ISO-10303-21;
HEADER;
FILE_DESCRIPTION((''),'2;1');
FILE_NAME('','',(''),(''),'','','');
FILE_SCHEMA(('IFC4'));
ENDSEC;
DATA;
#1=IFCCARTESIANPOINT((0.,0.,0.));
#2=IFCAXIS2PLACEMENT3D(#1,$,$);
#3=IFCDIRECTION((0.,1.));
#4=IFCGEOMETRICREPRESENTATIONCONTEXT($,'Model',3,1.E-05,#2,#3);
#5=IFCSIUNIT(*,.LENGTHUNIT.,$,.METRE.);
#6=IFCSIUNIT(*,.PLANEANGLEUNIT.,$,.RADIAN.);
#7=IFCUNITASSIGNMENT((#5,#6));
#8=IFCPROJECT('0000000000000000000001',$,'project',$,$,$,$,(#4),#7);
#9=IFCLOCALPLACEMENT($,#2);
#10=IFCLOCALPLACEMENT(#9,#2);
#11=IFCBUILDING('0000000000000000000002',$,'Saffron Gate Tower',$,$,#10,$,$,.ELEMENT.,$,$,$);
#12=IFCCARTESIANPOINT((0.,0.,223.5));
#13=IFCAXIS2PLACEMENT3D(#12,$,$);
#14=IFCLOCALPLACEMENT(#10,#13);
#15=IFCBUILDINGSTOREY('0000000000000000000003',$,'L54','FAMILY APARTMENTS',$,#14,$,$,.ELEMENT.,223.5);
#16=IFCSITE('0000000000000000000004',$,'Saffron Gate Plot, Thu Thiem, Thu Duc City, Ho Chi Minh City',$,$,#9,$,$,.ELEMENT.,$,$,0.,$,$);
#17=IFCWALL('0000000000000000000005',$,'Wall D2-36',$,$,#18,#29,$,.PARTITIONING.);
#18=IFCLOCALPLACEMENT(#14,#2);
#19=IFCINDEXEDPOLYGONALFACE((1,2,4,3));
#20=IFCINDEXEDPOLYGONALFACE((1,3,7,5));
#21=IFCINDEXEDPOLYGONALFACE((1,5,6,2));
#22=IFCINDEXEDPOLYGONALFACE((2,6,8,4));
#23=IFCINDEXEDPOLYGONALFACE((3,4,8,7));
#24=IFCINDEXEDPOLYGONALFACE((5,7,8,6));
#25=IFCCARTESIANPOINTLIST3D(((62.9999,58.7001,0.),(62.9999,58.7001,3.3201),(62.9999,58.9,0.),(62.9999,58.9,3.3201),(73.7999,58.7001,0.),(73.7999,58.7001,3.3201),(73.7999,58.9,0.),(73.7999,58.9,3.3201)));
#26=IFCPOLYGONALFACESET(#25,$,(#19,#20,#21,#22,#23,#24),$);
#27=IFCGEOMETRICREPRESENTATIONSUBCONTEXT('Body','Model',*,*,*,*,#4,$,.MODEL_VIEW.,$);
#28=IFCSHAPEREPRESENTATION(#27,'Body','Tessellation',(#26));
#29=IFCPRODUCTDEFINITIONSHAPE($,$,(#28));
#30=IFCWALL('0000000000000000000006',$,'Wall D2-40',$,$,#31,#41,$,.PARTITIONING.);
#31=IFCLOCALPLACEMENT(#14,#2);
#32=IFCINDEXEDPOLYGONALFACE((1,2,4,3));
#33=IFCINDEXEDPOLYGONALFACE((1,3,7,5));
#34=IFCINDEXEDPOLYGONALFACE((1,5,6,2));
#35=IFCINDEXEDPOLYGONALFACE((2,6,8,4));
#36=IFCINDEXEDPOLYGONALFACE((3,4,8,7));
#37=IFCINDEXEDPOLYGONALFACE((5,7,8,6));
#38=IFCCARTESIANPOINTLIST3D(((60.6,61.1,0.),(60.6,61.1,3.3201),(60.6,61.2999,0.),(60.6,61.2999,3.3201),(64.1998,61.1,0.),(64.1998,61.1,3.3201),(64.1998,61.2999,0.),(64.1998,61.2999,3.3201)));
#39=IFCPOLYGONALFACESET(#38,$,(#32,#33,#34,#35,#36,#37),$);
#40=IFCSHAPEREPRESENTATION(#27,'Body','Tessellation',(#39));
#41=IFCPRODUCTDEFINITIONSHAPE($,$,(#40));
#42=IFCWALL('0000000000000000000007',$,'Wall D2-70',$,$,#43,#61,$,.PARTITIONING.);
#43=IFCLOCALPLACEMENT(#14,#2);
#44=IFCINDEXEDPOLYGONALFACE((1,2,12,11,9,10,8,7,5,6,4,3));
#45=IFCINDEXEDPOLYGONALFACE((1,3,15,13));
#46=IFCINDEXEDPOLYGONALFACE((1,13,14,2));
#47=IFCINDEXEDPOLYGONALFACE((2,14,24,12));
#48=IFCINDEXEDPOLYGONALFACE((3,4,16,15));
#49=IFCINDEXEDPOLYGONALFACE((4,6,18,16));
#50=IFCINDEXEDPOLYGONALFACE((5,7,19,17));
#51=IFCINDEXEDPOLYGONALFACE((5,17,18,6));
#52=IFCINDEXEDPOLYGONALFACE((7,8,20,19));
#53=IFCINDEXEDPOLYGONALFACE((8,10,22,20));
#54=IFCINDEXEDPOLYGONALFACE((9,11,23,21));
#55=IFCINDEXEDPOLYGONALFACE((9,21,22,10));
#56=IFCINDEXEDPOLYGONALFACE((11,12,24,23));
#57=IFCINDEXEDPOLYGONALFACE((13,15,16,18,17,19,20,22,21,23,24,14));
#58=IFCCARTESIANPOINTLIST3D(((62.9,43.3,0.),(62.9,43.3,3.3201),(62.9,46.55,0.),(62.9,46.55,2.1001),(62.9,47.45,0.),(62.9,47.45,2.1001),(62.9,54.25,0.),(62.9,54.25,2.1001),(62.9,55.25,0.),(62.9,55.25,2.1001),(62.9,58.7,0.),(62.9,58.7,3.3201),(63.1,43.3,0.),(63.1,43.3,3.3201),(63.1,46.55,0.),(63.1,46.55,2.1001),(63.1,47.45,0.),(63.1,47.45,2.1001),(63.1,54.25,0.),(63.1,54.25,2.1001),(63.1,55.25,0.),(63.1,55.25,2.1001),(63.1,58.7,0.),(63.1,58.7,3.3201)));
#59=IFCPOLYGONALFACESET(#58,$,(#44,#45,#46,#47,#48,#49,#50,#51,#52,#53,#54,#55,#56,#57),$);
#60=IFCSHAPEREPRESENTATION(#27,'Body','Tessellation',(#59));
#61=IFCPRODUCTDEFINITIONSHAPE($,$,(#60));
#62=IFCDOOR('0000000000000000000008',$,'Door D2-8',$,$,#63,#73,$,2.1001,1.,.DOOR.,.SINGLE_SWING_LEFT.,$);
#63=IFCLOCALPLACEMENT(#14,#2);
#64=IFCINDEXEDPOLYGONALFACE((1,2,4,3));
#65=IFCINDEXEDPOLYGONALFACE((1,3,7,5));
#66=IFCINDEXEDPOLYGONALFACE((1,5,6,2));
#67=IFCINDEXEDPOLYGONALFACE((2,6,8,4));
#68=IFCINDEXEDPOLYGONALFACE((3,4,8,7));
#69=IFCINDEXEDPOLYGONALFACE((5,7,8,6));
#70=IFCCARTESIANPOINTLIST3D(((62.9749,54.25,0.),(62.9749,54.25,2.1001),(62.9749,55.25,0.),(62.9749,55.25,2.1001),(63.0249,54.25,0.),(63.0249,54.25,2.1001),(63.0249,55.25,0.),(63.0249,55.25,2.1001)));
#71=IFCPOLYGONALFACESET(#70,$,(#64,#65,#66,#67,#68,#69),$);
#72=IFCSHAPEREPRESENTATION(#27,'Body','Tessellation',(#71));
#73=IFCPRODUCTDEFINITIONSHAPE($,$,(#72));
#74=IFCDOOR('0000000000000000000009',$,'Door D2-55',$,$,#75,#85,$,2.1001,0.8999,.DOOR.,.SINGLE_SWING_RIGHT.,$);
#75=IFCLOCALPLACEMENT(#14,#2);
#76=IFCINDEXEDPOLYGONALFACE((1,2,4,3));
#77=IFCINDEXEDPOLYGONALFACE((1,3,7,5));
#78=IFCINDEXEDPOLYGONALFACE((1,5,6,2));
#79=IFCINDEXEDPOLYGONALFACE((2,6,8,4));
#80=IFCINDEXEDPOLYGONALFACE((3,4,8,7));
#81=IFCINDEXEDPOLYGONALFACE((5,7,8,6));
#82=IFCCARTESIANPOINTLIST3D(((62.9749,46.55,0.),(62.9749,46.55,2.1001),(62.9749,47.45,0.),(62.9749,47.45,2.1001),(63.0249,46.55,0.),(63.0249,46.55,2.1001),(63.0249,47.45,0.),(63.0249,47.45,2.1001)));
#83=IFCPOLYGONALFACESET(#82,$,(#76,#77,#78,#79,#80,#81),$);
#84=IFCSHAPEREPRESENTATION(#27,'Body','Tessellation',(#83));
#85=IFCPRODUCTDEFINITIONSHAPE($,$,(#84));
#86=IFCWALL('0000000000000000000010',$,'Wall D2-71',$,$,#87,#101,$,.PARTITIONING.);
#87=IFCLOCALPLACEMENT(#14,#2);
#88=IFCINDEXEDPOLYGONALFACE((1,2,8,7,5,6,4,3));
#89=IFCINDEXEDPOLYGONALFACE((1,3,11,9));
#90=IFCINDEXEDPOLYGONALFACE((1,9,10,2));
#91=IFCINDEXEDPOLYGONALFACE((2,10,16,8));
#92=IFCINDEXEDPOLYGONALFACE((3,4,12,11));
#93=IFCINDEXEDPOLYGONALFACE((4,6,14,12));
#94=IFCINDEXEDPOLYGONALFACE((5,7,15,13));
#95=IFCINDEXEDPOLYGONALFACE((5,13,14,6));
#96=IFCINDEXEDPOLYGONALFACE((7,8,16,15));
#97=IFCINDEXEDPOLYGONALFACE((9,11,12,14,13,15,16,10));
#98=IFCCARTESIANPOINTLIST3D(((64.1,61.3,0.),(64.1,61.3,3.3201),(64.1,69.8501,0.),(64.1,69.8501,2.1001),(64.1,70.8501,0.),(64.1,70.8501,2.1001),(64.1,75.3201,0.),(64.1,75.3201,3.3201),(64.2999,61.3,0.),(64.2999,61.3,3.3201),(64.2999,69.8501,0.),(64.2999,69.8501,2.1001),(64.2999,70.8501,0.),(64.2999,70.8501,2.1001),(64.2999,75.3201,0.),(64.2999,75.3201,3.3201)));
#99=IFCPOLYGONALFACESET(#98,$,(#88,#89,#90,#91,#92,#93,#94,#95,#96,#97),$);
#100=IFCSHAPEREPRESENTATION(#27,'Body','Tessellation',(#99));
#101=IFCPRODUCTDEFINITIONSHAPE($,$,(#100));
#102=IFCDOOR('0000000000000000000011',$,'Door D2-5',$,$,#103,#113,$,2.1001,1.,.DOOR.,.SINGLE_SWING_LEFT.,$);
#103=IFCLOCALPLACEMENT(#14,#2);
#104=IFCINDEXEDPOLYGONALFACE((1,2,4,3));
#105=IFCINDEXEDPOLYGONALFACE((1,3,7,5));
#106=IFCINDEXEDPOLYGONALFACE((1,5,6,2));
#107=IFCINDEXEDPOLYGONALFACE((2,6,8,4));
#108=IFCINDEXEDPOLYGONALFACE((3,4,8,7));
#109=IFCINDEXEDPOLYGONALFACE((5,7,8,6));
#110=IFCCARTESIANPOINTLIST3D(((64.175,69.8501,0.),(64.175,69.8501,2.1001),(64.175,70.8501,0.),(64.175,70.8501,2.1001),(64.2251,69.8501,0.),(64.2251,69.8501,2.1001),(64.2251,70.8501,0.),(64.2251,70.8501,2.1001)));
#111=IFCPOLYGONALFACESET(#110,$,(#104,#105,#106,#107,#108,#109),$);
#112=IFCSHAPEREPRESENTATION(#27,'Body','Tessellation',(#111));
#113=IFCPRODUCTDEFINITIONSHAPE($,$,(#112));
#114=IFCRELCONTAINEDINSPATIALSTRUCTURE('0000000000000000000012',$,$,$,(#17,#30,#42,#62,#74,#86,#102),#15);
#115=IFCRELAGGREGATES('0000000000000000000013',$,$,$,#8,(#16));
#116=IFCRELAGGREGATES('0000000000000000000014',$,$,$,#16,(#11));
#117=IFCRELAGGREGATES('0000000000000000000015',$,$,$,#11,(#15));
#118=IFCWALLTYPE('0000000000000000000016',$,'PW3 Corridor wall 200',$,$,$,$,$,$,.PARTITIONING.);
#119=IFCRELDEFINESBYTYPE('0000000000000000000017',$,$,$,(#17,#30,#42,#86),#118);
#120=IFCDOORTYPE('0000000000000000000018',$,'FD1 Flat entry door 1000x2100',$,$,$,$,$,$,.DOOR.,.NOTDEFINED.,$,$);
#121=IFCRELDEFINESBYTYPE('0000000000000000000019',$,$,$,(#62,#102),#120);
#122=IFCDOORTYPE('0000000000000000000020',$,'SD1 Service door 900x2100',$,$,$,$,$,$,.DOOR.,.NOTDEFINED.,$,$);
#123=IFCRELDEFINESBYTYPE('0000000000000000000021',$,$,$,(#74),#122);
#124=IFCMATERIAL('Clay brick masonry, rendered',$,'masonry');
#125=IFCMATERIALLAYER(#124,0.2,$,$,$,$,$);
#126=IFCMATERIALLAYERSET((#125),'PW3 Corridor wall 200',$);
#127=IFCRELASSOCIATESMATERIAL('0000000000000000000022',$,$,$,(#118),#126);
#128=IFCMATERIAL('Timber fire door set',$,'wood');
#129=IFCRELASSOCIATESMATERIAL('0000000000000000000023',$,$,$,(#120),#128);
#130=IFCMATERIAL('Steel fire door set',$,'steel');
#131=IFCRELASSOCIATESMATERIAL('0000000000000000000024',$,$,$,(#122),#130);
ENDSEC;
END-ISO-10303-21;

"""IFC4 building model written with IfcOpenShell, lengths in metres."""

from ifc_helpers import new_model, si_unit, direction, frame, frame_2d, origin, place, context, subcontext, project, spatial, rectangle, extrude, material, layer, layer_set, type_object, element, fill, save


model = new_model("IFC4")

# Units and contexts
model_context = context("Model", 3, precision=1e-05, world=origin(), true_north=direction((0.0, 1.0)))
body_context = subcontext(model_context, "Body", "Model", "MODEL_VIEW")
ifc_project = project(units=[si_unit("LENGTHUNIT", "METRE"), si_unit("PLANEANGLEUNIT", "RADIAN")], contexts=[model_context])

# Site, building, storey
site_placement = place(None, origin())
site = spatial("IfcSite", under=ifc_project, at=site_placement, Name="Saffron Gate Plot, Thu Thiem, Thu Duc City, Ho Chi Minh City", CompositionType="ELEMENT", RefElevation=0.0)
building_placement = place(site_placement, origin())
building = spatial("IfcBuilding", under=site, at=building_placement, Name="Saffron Gate Tower", CompositionType="ELEMENT")
storey_placement = place(building_placement, frame((0.0, 0.0, 223.5)))
storey = spatial("IfcBuildingStorey", under=building, at=storey_placement, Name="L54", Description="FAMILY APARTMENTS", CompositionType="ELEMENT", Elevation=223.5)

# Walls
ifc_material_1 = material(Name="Clay brick masonry, rendered", Category="masonry")
ifc_layer_1 = layer(ifc_material_1, 0.2)
ifc_layer_set_1 = layer_set([ifc_layer_1], Name="PW3 Corridor wall 200")
wall_type_1 = type_object("IfcWallType", Name="PW3 Corridor wall 200", PredefinedType="PARTITIONING", material=ifc_layer_set_1)
wall_1_placement = place(storey_placement, frame((63.0, 58.8, 0.0), z_axis=(0.0, 0.0, 1.0), x_axis=(1.0, 0.0, 0.0)))
element("IfcWall", 1, at=wall_1_placement, inside=storey, type_object=wall_type_1, Name="Wall D2-36", PredefinedType="PARTITIONING", context=body_context, shape_type="SweptSolid", body=[
    extrude(rectangle(XDim=10.8, YDim=0.2, at=frame_2d((5.3999, 0.0))), origin(), (0.0, 0.0, 1.0), 3.3201),
])
wall_2_placement = place(storey_placement, frame((60.6001, 61.2, 0.0), z_axis=(0.0, 0.0, 1.0), x_axis=(1.0, 0.0, 0.0)))
element("IfcWall", 2, at=wall_2_placement, inside=storey, type_object=wall_type_1, Name="Wall D2-40", PredefinedType="PARTITIONING", context=body_context, shape_type="SweptSolid", body=[
    extrude(rectangle(XDim=3.5999, YDim=0.2, at=frame_2d((1.7998, 0.0))), origin(), (0.0, 0.0, 1.0), 3.3201),
])

# Wall, openings, doors
wall_3_placement = place(storey_placement, frame((63.0, 58.7, 0.0), z_axis=(0.0, 0.0, 1.0), x_axis=(0.0, -1.0, 0.0)))
wall_3 = element("IfcWall", 3, at=wall_3_placement, inside=storey, type_object=wall_type_1, Name="Wall D2-70", PredefinedType="PARTITIONING", context=body_context, shape_type="SweptSolid", body=[
    extrude(rectangle(XDim=15.3999, YDim=0.2, at=frame_2d((7.7, 0.0))), origin(), (0.0, 0.0, 1.0), 3.3201),
])
opening_1_placement = place(wall_3_placement, frame((3.45, 0.0, 0.0)))
opening_1 = element("IfcOpeningElement", 4, at=opening_1_placement, cuts=wall_3, PredefinedType="OPENING", context=body_context, shape_type="SweptSolid", body=[
    extrude(rectangle(XDim=1.0, YDim=2.1001, at=frame_2d((0.5, 1.05))), frame((0.0, 0.1099, 0.0), z_axis=(0.0, -1.0, 0.0), x_axis=(1.0, 0.0, 0.0)), (0.0, 0.0, 1.0), 0.22),
])
opening_2_placement = place(wall_3_placement, frame((11.25, 0.0, 0.0)))
opening_2 = element("IfcOpeningElement", 5, at=opening_2_placement, cuts=wall_3, PredefinedType="OPENING", context=body_context, shape_type="SweptSolid", body=[
    extrude(rectangle(XDim=0.8999, YDim=2.1001, at=frame_2d((0.45, 1.05))), frame((0.0, 0.1099, 0.0), z_axis=(0.0, -1.0, 0.0), x_axis=(1.0, 0.0, 0.0)), (0.0, 0.0, 1.0), 0.22),
])
ifc_material_2 = material(Name="Timber fire door set", Category="wood")
door_type_1 = type_object("IfcDoorType", Name="FD1 Flat entry door 1000x2100", OperationType="NOTDEFINED", PredefinedType="DOOR", material=ifc_material_2)
door_1_placement = place(opening_1_placement, origin())
door_1 = element("IfcDoor", 6, at=door_1_placement, inside=storey, type_object=door_type_1, Name="Door D2-8", OperationType="SINGLE_SWING_LEFT", OverallHeight=2.1001, OverallWidth=1.0, PredefinedType="DOOR", context=body_context, shape_type="SweptSolid", body=[
    extrude(rectangle(XDim=1.0, YDim=2.1001, at=frame_2d((0.5, 1.05))), frame((0.0, 0.0249, 0.0), z_axis=(0.0, -1.0, 0.0), x_axis=(1.0, 0.0, 0.0)), (0.0, 0.0, 1.0), 0.05),
])
fill(opening_1, door_1)
ifc_material_3 = material(Name="Steel fire door set", Category="steel")
door_type_2 = type_object("IfcDoorType", Name="SD1 Service door 900x2100", OperationType="NOTDEFINED", PredefinedType="DOOR", material=ifc_material_3)
door_2_placement = place(opening_2_placement, origin())
door_2 = element("IfcDoor", 7, at=door_2_placement, inside=storey, type_object=door_type_2, Name="Door D2-55", OperationType="SINGLE_SWING_RIGHT", OverallHeight=2.1001, OverallWidth=0.8999, PredefinedType="DOOR", context=body_context, shape_type="SweptSolid", body=[
    extrude(rectangle(XDim=0.8999, YDim=2.1001, at=frame_2d((0.45, 1.05))), frame((0.0, 0.0249, 0.0), z_axis=(0.0, -1.0, 0.0), x_axis=(1.0, 0.0, 0.0)), (0.0, 0.0, 1.0), 0.05),
])
fill(opening_2, door_2)

# Wall, opening, door
wall_4_placement = place(storey_placement, frame((64.2, 61.3, 0.0), z_axis=(0.0, 0.0, 1.0), x_axis=(0.0, 1.0, 0.0)))
wall_4 = element("IfcWall", 8, at=wall_4_placement, inside=storey, type_object=wall_type_1, Name="Wall D2-71", PredefinedType="PARTITIONING", context=body_context, shape_type="SweptSolid", body=[
    extrude(rectangle(XDim=14.02, YDim=0.2, at=frame_2d((7.01, 0.0))), origin(), (0.0, 0.0, 1.0), 3.3201),
])
opening_3_placement = place(wall_4_placement, frame((8.55, 0.0, 0.0)))
opening_3 = element("IfcOpeningElement", 9, at=opening_3_placement, cuts=wall_4, PredefinedType="OPENING", context=body_context, shape_type="SweptSolid", body=[
    extrude(rectangle(XDim=1.0, YDim=2.1001, at=frame_2d((0.5, 1.05))), frame((0.0, 0.1099, 0.0), z_axis=(0.0, -1.0, 0.0), x_axis=(1.0, 0.0, 0.0)), (0.0, 0.0, 1.0), 0.22),
])
door_3_placement = place(opening_3_placement, origin())
door_3 = element("IfcDoor", 10, at=door_3_placement, inside=storey, type_object=door_type_1, Name="Door D2-5", OperationType="SINGLE_SWING_LEFT", OverallHeight=2.1001, OverallWidth=1.0, PredefinedType="DOOR", context=body_context, shape_type="SweptSolid", body=[
    extrude(rectangle(XDim=1.0, YDim=2.1001, at=frame_2d((0.5, 1.05))), frame((0.0, 0.0249, 0.0), z_axis=(0.0, -1.0, 0.0), x_axis=(1.0, 0.0, 0.0)), (0.0, 0.0, 1.0), 0.05),
])
fill(opening_3, door_3)

save(model, "model.ifc")
